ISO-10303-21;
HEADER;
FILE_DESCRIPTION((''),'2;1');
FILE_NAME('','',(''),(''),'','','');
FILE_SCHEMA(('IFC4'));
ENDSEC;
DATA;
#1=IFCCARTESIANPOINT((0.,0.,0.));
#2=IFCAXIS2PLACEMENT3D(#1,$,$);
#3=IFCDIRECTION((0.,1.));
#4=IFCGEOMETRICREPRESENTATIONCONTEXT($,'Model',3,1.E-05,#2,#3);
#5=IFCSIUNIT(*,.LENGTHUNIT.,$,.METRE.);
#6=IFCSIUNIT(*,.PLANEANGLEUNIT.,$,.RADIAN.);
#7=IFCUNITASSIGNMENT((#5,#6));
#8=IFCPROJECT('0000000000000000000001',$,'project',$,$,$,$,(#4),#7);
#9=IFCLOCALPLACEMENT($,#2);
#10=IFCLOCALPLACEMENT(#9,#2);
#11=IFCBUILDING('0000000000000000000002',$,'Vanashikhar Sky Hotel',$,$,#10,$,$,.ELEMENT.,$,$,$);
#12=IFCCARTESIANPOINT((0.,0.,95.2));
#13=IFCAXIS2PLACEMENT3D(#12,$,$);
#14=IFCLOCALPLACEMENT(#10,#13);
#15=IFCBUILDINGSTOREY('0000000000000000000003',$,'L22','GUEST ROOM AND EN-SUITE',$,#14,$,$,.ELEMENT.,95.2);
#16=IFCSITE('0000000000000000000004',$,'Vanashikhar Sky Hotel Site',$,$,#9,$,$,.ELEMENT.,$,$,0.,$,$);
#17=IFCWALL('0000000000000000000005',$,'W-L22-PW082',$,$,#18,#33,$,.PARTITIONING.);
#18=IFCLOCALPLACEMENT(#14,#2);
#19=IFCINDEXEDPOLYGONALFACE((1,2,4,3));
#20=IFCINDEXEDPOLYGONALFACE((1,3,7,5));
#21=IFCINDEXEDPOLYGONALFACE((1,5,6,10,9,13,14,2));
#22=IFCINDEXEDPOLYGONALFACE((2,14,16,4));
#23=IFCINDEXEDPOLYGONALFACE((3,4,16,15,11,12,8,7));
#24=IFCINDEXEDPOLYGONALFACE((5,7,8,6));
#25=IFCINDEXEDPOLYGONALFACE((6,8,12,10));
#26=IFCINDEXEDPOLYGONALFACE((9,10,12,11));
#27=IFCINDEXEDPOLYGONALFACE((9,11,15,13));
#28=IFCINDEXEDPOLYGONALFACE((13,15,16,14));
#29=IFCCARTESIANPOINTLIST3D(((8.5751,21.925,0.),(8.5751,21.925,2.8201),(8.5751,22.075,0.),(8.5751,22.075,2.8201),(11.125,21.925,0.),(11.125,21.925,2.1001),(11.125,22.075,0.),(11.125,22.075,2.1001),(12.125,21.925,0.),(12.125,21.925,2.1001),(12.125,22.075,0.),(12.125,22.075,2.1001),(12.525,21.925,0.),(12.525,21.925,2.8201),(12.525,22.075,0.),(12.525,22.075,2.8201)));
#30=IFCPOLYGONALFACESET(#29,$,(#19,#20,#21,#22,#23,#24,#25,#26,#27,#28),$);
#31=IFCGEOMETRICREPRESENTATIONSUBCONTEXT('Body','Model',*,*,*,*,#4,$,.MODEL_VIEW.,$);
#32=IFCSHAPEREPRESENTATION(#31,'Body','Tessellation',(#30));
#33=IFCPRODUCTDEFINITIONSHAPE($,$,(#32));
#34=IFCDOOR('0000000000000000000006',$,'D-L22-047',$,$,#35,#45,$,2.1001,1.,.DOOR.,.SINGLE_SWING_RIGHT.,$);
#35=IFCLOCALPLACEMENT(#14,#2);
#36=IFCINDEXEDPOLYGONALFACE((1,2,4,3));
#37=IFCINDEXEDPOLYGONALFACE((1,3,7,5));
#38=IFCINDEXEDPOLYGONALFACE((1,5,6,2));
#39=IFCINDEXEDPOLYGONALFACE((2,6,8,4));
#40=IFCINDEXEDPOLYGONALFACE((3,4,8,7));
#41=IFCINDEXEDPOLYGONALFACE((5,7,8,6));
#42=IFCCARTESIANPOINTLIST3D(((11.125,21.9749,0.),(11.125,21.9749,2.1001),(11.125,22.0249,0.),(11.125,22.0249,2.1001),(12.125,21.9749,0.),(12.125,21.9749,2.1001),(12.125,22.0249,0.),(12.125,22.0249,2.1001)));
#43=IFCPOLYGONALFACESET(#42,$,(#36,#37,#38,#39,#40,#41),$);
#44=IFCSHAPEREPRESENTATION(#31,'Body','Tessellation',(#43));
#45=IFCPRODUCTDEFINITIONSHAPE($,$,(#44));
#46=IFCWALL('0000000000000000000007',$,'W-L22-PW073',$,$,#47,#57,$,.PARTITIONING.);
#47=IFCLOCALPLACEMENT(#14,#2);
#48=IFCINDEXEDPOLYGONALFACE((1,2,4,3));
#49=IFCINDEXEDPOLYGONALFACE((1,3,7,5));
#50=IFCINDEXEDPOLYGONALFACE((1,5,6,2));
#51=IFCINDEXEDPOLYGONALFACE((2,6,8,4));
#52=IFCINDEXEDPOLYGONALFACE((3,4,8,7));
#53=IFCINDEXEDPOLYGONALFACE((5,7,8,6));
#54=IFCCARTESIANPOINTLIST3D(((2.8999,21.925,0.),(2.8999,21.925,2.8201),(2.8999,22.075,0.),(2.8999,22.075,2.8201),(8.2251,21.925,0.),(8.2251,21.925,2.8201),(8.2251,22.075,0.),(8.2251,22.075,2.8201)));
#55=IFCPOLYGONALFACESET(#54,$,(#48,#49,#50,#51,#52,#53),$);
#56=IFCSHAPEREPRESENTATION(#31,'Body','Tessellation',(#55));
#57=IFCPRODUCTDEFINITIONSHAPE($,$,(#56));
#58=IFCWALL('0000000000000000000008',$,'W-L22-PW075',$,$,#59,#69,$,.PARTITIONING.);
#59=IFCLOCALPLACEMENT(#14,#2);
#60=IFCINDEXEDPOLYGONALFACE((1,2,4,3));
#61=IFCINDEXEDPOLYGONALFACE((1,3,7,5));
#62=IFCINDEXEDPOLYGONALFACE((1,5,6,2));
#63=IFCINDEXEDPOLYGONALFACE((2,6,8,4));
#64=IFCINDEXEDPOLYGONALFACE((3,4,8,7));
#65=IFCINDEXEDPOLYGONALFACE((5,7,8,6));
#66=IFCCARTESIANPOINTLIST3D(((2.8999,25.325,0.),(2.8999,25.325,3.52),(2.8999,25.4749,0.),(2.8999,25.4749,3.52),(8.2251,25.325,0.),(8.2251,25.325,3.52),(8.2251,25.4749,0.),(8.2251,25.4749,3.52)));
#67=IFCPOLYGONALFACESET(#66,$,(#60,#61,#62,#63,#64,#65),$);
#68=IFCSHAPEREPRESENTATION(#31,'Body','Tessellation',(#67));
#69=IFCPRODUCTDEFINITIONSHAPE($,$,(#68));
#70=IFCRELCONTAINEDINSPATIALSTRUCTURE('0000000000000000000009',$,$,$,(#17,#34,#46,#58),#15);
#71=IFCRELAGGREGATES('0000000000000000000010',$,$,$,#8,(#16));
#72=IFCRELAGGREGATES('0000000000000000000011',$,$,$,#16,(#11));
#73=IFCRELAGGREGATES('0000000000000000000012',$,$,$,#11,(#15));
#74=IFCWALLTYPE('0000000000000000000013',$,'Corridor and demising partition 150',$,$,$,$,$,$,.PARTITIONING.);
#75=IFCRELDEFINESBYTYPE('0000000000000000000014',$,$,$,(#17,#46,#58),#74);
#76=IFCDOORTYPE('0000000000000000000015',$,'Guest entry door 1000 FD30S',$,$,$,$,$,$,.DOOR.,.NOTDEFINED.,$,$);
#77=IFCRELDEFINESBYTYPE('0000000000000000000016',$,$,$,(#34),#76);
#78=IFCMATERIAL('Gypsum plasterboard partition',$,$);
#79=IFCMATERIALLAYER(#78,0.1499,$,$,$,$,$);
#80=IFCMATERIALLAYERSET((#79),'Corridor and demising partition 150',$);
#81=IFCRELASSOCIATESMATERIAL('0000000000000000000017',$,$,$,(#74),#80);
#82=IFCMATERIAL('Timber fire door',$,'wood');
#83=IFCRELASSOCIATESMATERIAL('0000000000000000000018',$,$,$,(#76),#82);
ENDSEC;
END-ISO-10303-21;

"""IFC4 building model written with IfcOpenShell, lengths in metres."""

from ifc_helpers import new_model, si_unit, direction, frame, frame_2d, origin, place, context, subcontext, project, spatial, rectangle, extrude, source, transform, mapped, material, layer, layer_set, type_object, element, fill, save


model = new_model("IFC4")

# Units and contexts
model_context = context("Model", 3, precision=1e-05, world=origin(), true_north=direction((0.0, 1.0)))
body_context = subcontext(model_context, "Body", "Model", "MODEL_VIEW")
ifc_project = project(units=[si_unit("LENGTHUNIT", "METRE"), si_unit("PLANEANGLEUNIT", "RADIAN")], contexts=[model_context])

# Site, building, storey
site_placement = place(None, origin())
site = spatial("IfcSite", under=ifc_project, at=site_placement, Name="Vanashikhar Sky Hotel Site", CompositionType="ELEMENT", RefElevation=0.0)
building_placement = place(site_placement, origin())
building = spatial("IfcBuilding", under=site, at=building_placement, Name="Vanashikhar Sky Hotel", CompositionType="ELEMENT")
storey_placement = place(building_placement, frame((0.0, 0.0, 95.2)))
storey = spatial("IfcBuildingStorey", under=building, at=storey_placement, Name="L22", Description="GUEST ROOM AND EN-SUITE", CompositionType="ELEMENT", Elevation=95.2)

# Wall, opening, door
ifc_material_1 = material(Name="Gypsum plasterboard partition")
ifc_layer_1 = layer(ifc_material_1, 0.1499)
ifc_layer_set_1 = layer_set([ifc_layer_1], Name="Corridor and demising partition 150")
wall_type_1 = type_object("IfcWallType", Name="Corridor and demising partition 150", PredefinedType="PARTITIONING", material=ifc_layer_set_1)
shared_shape_1 = source(origin(), body_context, "Body", "SweptSolid", [
    extrude(rectangle(XDim=1.0, YDim=2.1001, at=frame_2d((0.5, 1.05))), frame((0.0, 0.085, 0.0), z_axis=(0.0, -1.0, 0.0), x_axis=(1.0, 0.0, 0.0)), (0.0, 0.0, 1.0), 0.1699),
])
ifc_material_2 = material(Name="Timber fire door", Category="wood")
door_type = type_object("IfcDoorType", Name="Guest entry door 1000 FD30S", OperationType="NOTDEFINED", PredefinedType="DOOR", material=ifc_material_2)
shared_shape_2 = source(origin(), body_context, "Body", "SweptSolid", [
    extrude(rectangle(XDim=1.0, YDim=2.1001, at=frame_2d((0.5, 1.05))), frame((0.0, 0.0249, 0.0), z_axis=(0.0, -1.0, 0.0), x_axis=(1.0, 0.0, 0.0)), (0.0, 0.0, 1.0), 0.05),
])
shared_shape_3 = source(origin(), body_context, "Body", "SweptSolid", [
    extrude(rectangle(XDim=3.95, YDim=0.1499, at=frame_2d((1.9751, 0.0))), origin(), (0.0, 0.0, 1.0), 2.8201),
])
wall_1_placement = place(storey_placement, frame((8.575, 22.0, 0.0), z_axis=(0.0, 0.0, 1.0), x_axis=(1.0, 0.0, 0.0)))
wall_1 = element("IfcWall", 1, at=wall_1_placement, inside=storey, type_object=wall_type_1, Name="W-L22-PW082", PredefinedType="PARTITIONING", context=body_context, shape_type="MappedRepresentation", body=[
    mapped(shared_shape_3, transform((0.0, 0.0, 0.0), scale=1.0)),
])
opening_1_placement = place(wall_1_placement, frame((2.55, 0.0, 0.0)))
opening_1 = element("IfcOpeningElement", 2, at=opening_1_placement, cuts=wall_1, PredefinedType="OPENING", context=body_context, shape_type="MappedRepresentation", body=[
    mapped(shared_shape_1, transform((0.0, 0.0, 0.0), scale=1.0)),
])
door_1_placement = place(opening_1_placement, origin())
door_1 = element("IfcDoor", 3, at=door_1_placement, inside=storey, type_object=door_type, Name="D-L22-047", OperationType="SINGLE_SWING_RIGHT", OverallHeight=2.1001, OverallWidth=1.0, PredefinedType="DOOR", context=body_context, shape_type="MappedRepresentation", body=[
    mapped(shared_shape_2, transform((0.0, 0.0, 0.0), scale=1.0)),
])
fill(opening_1, door_1)

# Walls
shared_shape_4 = source(origin(), body_context, "Body", "SweptSolid", [
    extrude(rectangle(XDim=5.3252, YDim=0.1499, at=frame_2d((2.6626, 0.0))), origin(), (0.0, 0.0, 1.0), 2.8201),
])
wall_2_placement = place(storey_placement, frame((2.8999, 22.0, 0.0), z_axis=(0.0, 0.0, 1.0), x_axis=(1.0, 0.0, 0.0)))
element("IfcWall", 4, at=wall_2_placement, inside=storey, type_object=wall_type_1, Name="W-L22-PW073", PredefinedType="PARTITIONING", context=body_context, shape_type="MappedRepresentation", body=[
    mapped(shared_shape_4, transform((0.0, 0.0, 0.0), scale=1.0)),
])
shared_shape_5 = source(origin(), body_context, "Body", "SweptSolid", [
    extrude(rectangle(XDim=5.3252, YDim=0.1499, at=frame_2d((2.6626, 0.0))), origin(), (0.0, 0.0, 1.0), 3.52),
])
wall_3_placement = place(storey_placement, frame((2.8999, 25.3999, 0.0), z_axis=(0.0, 0.0, 1.0), x_axis=(1.0, 0.0, 0.0)))
element("IfcWall", 5, at=wall_3_placement, inside=storey, type_object=wall_type_1, Name="W-L22-PW075", PredefinedType="PARTITIONING", context=body_context, shape_type="MappedRepresentation", body=[
    mapped(shared_shape_5, transform((0.0, 0.0, 0.0), scale=1.0)),
])

save(model, "model.ifc")
